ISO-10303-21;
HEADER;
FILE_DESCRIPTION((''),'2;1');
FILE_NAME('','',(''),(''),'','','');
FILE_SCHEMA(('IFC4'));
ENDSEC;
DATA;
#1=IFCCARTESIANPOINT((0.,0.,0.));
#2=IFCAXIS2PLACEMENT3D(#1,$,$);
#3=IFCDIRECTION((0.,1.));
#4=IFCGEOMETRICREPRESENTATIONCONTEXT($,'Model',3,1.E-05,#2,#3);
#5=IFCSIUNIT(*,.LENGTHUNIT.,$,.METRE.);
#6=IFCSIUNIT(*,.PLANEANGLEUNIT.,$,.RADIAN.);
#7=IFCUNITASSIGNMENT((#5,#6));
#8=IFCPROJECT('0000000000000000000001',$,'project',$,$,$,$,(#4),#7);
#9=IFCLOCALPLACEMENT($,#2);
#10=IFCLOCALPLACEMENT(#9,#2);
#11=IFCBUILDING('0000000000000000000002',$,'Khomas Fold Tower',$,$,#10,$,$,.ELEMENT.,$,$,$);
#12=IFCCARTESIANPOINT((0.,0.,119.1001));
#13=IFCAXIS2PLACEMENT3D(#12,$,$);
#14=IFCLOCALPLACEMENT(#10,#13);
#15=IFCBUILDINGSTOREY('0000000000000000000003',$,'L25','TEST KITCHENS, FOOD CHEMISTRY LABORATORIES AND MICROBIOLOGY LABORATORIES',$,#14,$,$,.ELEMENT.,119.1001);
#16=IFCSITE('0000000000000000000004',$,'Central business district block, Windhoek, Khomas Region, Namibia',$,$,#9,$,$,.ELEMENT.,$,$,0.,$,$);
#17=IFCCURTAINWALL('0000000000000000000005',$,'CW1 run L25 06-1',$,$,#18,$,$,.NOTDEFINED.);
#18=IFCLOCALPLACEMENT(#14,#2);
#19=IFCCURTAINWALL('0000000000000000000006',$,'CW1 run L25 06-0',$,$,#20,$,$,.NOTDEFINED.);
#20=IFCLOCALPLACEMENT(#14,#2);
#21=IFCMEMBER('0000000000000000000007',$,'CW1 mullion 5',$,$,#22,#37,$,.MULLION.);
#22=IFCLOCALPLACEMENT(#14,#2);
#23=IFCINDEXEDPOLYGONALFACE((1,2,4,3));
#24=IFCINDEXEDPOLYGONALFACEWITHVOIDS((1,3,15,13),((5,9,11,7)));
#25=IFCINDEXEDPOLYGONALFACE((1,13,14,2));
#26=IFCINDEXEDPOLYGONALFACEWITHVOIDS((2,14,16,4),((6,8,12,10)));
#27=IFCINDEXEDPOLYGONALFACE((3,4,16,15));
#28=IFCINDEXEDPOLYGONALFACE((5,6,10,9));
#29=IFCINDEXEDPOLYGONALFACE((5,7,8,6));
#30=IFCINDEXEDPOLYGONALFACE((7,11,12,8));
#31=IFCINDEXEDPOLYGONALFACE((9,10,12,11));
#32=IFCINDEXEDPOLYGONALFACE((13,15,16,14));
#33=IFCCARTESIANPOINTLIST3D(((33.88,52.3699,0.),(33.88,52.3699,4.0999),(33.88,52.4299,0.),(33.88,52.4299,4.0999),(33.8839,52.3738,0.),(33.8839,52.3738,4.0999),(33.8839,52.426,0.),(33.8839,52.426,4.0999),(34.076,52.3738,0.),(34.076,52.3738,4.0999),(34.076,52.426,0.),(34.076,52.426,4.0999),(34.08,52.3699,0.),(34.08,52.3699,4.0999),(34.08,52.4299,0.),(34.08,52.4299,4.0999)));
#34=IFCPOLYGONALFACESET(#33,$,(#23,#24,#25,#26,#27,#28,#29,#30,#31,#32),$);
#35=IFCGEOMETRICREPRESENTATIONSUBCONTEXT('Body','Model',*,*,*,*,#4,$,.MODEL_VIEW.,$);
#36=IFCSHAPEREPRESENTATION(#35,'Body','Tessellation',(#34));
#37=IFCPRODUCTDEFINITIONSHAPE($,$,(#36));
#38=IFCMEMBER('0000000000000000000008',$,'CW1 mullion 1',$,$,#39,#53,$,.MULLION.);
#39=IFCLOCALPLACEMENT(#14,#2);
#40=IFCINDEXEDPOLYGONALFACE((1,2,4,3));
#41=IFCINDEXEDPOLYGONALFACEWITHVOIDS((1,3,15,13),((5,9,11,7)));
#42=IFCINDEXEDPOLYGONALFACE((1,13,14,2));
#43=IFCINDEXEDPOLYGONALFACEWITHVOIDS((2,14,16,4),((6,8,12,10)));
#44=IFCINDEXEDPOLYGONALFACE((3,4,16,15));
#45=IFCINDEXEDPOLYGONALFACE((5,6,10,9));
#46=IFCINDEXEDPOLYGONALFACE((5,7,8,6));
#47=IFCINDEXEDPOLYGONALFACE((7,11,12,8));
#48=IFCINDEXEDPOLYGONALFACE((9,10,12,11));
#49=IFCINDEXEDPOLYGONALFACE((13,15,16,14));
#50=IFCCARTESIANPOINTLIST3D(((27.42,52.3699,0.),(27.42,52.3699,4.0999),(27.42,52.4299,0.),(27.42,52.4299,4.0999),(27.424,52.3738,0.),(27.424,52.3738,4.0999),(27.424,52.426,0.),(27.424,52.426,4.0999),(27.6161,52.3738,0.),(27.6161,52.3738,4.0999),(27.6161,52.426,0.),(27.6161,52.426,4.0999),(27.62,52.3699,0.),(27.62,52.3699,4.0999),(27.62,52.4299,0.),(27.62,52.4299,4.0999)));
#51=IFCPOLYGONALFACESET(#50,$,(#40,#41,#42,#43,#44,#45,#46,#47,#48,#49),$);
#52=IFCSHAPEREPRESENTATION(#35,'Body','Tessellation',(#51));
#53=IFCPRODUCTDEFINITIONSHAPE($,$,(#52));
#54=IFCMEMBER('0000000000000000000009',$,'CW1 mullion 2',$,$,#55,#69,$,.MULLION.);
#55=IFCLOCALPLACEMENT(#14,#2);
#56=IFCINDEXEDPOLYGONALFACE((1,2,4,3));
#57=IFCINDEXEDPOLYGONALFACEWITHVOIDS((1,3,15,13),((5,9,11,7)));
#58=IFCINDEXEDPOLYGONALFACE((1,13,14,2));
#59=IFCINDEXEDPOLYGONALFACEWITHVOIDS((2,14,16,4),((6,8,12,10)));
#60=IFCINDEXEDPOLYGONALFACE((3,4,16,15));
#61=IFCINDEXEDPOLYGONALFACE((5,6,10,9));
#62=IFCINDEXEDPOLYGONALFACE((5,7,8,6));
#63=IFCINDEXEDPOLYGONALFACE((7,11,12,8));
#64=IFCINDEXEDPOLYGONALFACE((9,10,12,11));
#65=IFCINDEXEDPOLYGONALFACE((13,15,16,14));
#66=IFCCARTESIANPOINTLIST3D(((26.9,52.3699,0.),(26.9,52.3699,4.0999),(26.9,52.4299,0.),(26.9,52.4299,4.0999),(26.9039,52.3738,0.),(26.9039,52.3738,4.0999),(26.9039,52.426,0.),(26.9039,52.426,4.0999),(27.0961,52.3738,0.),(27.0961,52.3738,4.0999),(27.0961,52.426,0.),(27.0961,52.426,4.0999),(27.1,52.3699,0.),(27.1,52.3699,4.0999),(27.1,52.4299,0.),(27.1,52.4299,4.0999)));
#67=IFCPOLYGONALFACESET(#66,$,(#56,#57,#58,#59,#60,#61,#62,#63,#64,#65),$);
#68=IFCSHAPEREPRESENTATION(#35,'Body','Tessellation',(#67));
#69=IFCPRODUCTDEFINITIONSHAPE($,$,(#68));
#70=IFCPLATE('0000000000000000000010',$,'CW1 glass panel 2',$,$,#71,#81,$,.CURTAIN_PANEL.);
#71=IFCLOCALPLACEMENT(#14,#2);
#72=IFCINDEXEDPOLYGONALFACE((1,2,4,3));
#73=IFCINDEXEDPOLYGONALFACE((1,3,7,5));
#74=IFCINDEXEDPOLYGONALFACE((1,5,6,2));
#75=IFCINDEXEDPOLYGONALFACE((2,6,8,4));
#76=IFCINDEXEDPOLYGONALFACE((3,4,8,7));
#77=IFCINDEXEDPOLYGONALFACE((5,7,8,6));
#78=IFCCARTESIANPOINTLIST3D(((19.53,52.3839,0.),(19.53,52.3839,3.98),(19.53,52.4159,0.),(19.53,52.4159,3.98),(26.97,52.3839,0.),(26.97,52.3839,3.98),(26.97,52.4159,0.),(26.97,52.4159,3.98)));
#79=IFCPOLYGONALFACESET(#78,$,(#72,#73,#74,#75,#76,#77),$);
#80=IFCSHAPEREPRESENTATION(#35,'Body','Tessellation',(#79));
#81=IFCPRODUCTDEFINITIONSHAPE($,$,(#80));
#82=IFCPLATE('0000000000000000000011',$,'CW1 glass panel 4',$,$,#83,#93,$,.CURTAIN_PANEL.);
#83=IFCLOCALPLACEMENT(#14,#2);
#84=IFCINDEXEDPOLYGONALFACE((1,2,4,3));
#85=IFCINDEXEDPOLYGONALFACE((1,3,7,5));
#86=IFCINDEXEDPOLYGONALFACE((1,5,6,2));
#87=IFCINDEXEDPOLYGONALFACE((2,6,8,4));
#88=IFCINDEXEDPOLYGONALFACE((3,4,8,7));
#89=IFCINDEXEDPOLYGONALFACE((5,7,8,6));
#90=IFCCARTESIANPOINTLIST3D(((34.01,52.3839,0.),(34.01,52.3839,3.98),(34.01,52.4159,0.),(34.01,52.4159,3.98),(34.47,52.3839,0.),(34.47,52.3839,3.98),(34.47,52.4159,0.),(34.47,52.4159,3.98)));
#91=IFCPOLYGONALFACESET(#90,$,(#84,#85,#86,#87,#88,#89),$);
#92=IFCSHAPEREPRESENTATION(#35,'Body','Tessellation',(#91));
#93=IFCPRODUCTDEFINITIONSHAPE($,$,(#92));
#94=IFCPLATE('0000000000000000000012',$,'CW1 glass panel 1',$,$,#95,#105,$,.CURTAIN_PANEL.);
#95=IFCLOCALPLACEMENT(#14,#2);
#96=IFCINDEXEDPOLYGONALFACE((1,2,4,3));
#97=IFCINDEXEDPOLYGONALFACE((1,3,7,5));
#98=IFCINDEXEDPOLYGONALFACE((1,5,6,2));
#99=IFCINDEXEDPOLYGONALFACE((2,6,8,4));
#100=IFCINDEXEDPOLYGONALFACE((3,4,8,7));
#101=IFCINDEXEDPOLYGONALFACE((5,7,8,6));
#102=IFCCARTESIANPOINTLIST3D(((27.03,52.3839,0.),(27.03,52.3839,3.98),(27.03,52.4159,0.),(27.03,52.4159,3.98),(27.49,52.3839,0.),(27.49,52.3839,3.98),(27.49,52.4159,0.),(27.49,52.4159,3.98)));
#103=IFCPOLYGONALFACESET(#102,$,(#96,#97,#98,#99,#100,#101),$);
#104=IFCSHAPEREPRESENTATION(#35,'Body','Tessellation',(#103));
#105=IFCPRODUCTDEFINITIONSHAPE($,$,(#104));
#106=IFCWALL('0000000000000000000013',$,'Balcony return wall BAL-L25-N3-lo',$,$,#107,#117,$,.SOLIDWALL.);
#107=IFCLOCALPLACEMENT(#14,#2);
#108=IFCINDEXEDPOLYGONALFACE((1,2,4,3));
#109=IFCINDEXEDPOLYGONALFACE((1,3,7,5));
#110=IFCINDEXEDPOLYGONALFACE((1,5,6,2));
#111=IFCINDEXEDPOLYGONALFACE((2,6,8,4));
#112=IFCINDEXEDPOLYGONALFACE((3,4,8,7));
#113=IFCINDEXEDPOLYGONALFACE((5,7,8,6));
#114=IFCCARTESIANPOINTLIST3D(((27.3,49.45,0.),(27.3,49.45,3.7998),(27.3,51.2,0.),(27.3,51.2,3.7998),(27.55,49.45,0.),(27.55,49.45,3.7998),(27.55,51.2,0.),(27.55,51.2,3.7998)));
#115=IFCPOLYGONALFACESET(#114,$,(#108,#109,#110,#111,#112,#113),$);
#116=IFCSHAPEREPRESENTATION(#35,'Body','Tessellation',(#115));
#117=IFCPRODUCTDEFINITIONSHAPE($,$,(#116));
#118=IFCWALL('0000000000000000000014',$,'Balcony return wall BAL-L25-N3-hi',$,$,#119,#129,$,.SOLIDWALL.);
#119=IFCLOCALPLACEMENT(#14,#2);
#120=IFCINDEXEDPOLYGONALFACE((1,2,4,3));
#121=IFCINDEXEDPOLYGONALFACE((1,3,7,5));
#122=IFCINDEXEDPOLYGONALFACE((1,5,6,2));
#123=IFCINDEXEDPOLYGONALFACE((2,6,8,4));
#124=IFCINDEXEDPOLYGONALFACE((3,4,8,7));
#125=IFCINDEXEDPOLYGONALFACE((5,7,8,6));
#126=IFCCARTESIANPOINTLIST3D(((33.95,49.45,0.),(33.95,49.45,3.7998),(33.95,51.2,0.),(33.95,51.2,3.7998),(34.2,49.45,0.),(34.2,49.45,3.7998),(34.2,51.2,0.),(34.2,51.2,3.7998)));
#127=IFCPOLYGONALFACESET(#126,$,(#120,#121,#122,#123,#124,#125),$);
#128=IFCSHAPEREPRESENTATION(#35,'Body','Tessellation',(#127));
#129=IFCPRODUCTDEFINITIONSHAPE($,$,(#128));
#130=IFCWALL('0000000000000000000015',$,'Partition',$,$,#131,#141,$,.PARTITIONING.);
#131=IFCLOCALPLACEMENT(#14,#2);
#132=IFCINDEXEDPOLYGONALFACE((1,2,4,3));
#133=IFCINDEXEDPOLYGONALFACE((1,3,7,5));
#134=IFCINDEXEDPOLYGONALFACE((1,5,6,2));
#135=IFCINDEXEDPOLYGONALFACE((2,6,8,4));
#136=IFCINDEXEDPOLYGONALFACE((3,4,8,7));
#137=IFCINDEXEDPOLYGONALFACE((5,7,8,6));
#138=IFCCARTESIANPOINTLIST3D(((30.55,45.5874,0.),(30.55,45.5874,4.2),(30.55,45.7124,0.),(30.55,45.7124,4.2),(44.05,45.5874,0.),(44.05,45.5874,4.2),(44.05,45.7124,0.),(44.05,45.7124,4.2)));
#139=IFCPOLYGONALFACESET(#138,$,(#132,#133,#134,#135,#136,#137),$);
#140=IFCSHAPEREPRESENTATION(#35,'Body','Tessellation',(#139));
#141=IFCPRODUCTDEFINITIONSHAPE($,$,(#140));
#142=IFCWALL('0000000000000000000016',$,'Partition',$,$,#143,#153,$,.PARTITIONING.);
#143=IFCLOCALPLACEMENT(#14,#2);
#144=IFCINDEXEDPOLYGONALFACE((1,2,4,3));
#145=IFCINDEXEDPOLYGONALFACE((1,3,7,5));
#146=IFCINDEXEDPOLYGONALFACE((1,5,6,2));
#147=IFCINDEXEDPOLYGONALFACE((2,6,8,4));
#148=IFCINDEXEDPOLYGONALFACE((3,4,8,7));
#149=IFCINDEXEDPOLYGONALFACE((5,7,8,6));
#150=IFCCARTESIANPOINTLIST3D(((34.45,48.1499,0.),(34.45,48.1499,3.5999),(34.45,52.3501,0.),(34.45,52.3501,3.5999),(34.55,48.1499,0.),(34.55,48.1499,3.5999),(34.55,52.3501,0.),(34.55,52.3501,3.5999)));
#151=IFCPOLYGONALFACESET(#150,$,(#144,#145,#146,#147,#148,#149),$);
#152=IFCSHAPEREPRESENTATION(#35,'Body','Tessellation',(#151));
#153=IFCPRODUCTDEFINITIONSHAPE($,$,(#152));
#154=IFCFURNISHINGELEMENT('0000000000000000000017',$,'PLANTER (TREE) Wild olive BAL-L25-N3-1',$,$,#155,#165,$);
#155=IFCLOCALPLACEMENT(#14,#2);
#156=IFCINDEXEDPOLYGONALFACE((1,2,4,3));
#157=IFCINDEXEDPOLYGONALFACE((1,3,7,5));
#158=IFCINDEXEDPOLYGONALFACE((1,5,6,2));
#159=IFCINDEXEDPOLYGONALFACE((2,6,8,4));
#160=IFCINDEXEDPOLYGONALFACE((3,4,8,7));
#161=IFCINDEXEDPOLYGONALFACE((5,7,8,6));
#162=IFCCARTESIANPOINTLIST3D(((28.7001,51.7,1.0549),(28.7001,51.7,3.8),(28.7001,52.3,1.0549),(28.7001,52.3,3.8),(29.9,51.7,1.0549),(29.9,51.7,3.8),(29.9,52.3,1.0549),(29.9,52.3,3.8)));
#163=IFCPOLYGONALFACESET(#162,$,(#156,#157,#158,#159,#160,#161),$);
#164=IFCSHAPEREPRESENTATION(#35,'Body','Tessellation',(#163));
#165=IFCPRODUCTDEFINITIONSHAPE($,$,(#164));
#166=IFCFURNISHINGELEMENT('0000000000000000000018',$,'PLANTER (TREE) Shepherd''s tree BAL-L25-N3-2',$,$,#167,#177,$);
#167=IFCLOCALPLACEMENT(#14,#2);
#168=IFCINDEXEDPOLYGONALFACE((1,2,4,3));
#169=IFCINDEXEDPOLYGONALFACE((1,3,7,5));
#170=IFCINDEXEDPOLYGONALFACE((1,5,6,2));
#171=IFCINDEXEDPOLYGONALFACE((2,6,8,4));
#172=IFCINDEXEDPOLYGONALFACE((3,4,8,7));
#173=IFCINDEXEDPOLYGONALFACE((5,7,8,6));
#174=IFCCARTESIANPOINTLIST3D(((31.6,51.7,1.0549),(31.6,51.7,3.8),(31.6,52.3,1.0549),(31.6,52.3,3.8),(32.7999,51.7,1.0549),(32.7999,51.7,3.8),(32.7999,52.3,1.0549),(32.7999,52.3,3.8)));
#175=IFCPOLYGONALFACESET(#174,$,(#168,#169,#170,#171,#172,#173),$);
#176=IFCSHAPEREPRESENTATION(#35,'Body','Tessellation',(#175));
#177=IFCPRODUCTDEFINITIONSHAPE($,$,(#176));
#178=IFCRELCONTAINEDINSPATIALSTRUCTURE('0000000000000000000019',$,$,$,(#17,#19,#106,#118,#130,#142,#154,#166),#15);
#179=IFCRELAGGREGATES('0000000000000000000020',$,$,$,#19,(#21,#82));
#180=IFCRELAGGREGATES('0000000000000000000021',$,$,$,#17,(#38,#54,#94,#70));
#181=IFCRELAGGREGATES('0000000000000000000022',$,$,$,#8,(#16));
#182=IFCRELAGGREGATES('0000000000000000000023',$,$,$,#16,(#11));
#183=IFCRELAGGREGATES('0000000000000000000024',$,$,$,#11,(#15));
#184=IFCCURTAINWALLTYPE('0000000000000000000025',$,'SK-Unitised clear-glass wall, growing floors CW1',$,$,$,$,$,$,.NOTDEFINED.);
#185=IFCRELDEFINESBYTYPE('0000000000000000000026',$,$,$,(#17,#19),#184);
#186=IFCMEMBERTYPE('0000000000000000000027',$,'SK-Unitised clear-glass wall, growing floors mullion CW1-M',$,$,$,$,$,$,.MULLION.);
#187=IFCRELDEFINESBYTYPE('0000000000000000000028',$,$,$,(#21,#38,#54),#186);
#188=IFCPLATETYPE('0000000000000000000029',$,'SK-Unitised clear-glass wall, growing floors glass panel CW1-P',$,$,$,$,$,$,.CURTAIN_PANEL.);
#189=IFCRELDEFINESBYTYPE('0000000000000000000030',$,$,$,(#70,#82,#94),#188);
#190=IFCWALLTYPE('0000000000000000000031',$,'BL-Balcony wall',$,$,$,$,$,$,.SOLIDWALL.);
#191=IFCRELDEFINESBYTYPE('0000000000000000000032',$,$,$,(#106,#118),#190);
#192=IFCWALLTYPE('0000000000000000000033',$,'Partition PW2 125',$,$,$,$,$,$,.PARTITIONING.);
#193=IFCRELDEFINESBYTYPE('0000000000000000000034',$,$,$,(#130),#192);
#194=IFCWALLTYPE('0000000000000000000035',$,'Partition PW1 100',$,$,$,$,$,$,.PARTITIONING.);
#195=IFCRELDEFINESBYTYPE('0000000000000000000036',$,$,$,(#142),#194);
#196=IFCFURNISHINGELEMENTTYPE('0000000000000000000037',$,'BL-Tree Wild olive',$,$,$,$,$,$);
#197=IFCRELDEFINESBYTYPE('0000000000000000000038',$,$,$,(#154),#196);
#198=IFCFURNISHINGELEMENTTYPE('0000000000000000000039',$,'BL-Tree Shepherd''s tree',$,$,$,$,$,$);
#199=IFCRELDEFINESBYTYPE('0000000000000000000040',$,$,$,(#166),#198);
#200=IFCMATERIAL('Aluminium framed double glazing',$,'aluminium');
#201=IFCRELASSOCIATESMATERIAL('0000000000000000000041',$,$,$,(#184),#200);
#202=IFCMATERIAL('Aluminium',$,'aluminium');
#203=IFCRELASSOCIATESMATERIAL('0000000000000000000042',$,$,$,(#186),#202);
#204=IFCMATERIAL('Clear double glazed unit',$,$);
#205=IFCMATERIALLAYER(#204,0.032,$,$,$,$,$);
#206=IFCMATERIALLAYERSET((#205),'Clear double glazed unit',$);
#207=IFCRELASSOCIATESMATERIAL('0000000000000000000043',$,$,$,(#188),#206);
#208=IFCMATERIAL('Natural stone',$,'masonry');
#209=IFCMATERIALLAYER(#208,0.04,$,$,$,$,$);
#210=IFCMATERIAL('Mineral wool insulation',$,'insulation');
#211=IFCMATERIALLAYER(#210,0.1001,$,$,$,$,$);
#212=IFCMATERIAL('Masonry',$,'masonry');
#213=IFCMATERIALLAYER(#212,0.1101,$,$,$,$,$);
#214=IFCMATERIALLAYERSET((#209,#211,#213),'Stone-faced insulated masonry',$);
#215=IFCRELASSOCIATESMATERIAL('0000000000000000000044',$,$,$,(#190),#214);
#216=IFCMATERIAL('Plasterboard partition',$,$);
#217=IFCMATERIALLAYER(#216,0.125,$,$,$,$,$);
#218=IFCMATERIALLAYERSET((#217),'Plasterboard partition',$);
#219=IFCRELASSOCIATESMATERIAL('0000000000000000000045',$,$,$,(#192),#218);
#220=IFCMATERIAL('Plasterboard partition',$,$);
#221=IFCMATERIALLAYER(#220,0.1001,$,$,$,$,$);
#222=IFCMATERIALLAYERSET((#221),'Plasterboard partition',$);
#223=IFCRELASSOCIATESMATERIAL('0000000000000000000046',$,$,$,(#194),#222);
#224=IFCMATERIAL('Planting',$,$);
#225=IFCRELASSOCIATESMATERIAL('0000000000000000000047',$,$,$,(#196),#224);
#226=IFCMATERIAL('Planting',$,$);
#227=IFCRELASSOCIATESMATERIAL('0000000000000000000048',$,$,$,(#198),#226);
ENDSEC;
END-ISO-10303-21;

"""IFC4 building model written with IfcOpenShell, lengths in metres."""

from ifc_helpers import new_model, si_unit, direction, frame, frame_2d, origin, origin_2d, place, context, subcontext, project, spatial, rectangle, hollow_rectangle, extrude, source, transform, mapped, material, layer, layer_set, material_profile, profile_set, type_object, element, aggregate, save


model = new_model("IFC4")

# Units and contexts
model_context = context("Model", 3, precision=1e-05, world=origin(), true_north=direction((0.0, 1.0)))
body_context = subcontext(model_context, "Body", "Model", "MODEL_VIEW")
ifc_project = project(units=[si_unit("LENGTHUNIT", "METRE"), si_unit("PLANEANGLEUNIT", "RADIAN")], contexts=[model_context])

# Site, building, storey
site_placement = place(None, origin())
site = spatial("IfcSite", under=ifc_project, at=site_placement, Name="Central business district block, Windhoek, Khomas Region, Namibia", CompositionType="ELEMENT", RefElevation=0.0)
building_placement = place(site_placement, origin())
building = spatial("IfcBuilding", under=site, at=building_placement, Name="Khomas Fold Tower", CompositionType="ELEMENT")
storey_placement = place(building_placement, frame((0.0, 0.0, 119.1001)))
storey = spatial("IfcBuildingStorey", under=building, at=storey_placement, Name="L25", Description="TEST KITCHENS, FOOD CHEMISTRY LABORATORIES AND MICROBIOLOGY LABORATORIES", CompositionType="ELEMENT", Elevation=119.1001)

# Curtain walls
ifc_material_1 = material(Name="Aluminium framed double glazing", Category="aluminium")
curtain_wall_type = type_object("IfcCurtainWallType", Name="SK-Unitised clear-glass wall, growing floors CW1", PredefinedType="NOTDEFINED", material=ifc_material_1)
curtain_wall_1_placement = place(storey_placement, origin())
curtain_wall_1 = element("IfcCurtainWall", 1, at=curtain_wall_1_placement, inside=storey, type_object=curtain_wall_type, Name="CW1 run L25 06-1", PredefinedType="NOTDEFINED")
curtain_wall_2_placement = place(storey_placement, origin())
curtain_wall_2 = element("IfcCurtainWall", 2, at=curtain_wall_2_placement, inside=storey, type_object=curtain_wall_type, Name="CW1 run L25 06-0", PredefinedType="NOTDEFINED")

# Members
ifc_material_2 = material(Name="Aluminium", Category="aluminium")
ifc_material_profile_1 = material_profile(ifc_material_2, hollow_rectangle(XDim=0.0601, YDim=0.2, WallThickness=0.0039, at=origin_2d()), Name="SK-Unitised clear-glass wall, growing floors mullion CW1-M")
ifc_profile_set_1 = profile_set([ifc_material_profile_1], Name="Aluminium")
member_type_1 = type_object("IfcMemberType", Name="SK-Unitised clear-glass wall, growing floors mullion CW1-M", PredefinedType="MULLION", material=ifc_profile_set_1)
shared_shape_1 = source(origin(), body_context, "Body", "SweptSolid", [
    extrude(hollow_rectangle(XDim=0.0601, YDim=0.2, WallThickness=0.0039, at=origin_2d()), origin(), (0.0, 0.0, 1.0), 4.0999),
])
member_1_placement = place(storey_placement, frame((33.98, 52.3999, 0.0), z_axis=(0.0, 0.0, 1.0), x_axis=(0.0, -1.0, 0.0)))
member_1 = element("IfcMember", 3, at=member_1_placement, type_object=member_type_1, Name="CW1 mullion 5", PredefinedType="MULLION", context=body_context, shape_type="MappedRepresentation", body=[
    mapped(shared_shape_1, transform((0.0, 0.0, 0.0))),
])
member_2_placement = place(storey_placement, frame((27.52, 52.3999, 0.0), z_axis=(0.0, 0.0, 1.0), x_axis=(0.0, -1.0, 0.0)))
member_2 = element("IfcMember", 4, at=member_2_placement, type_object=member_type_1, Name="CW1 mullion 1", PredefinedType="MULLION", context=body_context, shape_type="MappedRepresentation", body=[
    mapped(shared_shape_1, transform((0.0, 0.0, 0.0))),
])
member_3_placement = place(storey_placement, frame((27.0, 52.3999, 0.0), z_axis=(0.0, 0.0, 1.0), x_axis=(0.0, -1.0, 0.0)))
member_3 = element("IfcMember", 5, at=member_3_placement, type_object=member_type_1, Name="CW1 mullion 2", PredefinedType="MULLION", context=body_context, shape_type="MappedRepresentation", body=[
    mapped(shared_shape_1, transform((0.0, 0.0, 0.0))),
])

# Plates
ifc_material_3 = material(Name="Clear double glazed unit")
ifc_layer_1 = layer(ifc_material_3, 0.032)
ifc_layer_set_1 = layer_set([ifc_layer_1], Name="Clear double glazed unit")
plate_type = type_object("IfcPlateType", Name="SK-Unitised clear-glass wall, growing floors glass panel CW1-P", PredefinedType="CURTAIN_PANEL", material=ifc_layer_set_1)
shared_shape_2 = source(origin(), body_context, "Body", "SweptSolid", [
    extrude(rectangle(XDim=7.4399, YDim=0.032, at=origin_2d()), origin(), (0.0, 0.0, 1.0), 3.98),
])
plate_1_placement = place(storey_placement, frame((23.25, 52.3999, 0.0), z_axis=(0.0, 0.0, 1.0), x_axis=(-1.0, 0.0, 0.0)))
plate_1 = element("IfcPlate", 6, at=plate_1_placement, type_object=plate_type, Name="CW1 glass panel 2", PredefinedType="CURTAIN_PANEL", context=body_context, shape_type="MappedRepresentation", body=[
    mapped(shared_shape_2, transform((0.0, 0.0, 0.0))),
])
shared_shape_3 = source(origin(), body_context, "Body", "SweptSolid", [
    extrude(rectangle(XDim=0.46, YDim=0.032, at=origin_2d()), origin(), (0.0, 0.0, 1.0), 3.98),
])
plate_2_placement = place(storey_placement, frame((34.24, 52.3999, 0.0), z_axis=(0.0, 0.0, 1.0), x_axis=(-1.0, 0.0, 0.0)))
plate_2 = element("IfcPlate", 7, at=plate_2_placement, type_object=plate_type, Name="CW1 glass panel 4", PredefinedType="CURTAIN_PANEL", context=body_context, shape_type="MappedRepresentation", body=[
    mapped(shared_shape_3, transform((0.0, 0.0, 0.0))),
])
aggregate(curtain_wall_2, [member_1, plate_2])
plate_3_placement = place(storey_placement, frame((27.26, 52.3999, 0.0), z_axis=(0.0, 0.0, 1.0), x_axis=(-1.0, 0.0, 0.0)))
plate_3 = element("IfcPlate", 8, at=plate_3_placement, type_object=plate_type, Name="CW1 glass panel 1", PredefinedType="CURTAIN_PANEL", context=body_context, shape_type="MappedRepresentation", body=[
    mapped(shared_shape_3, transform((0.0, 0.0, 0.0))),
])
aggregate(curtain_wall_1, [member_2, member_3, plate_3, plate_1])

# Shared definitions
ifc_material_4 = material(Name="Natural stone", Category="masonry")
ifc_layer_2 = layer(ifc_material_4, 0.04)
ifc_material_5 = material(Name="Mineral wool insulation", Category="insulation")
ifc_layer_3 = layer(ifc_material_5, 0.1001)
ifc_material_6 = material(Name="Masonry", Category="masonry")
ifc_layer_4 = layer(ifc_material_6, 0.1101)
ifc_layer_set_2 = layer_set([ifc_layer_2, ifc_layer_3, ifc_layer_4], Name="Stone-faced insulated masonry")
wall_type_1 = type_object("IfcWallType", Name="BL-Balcony wall", PredefinedType="SOLIDWALL", material=ifc_layer_set_2)

# Walls
shared_shape_4 = source(origin(), body_context, "Body", "SweptSolid", [
    extrude(rectangle(XDim=1.75, YDim=0.25, at=frame_2d((0.875, 0.0))), origin(), (0.0, 0.0, 1.0), 3.7998),
])
for number, where, z_axis, x_axis, name in (
    (9, (27.425, 51.2, 0.0), (0.0, 0.0, 1.0), (0.0, -1.0, 0.0), "Balcony return wall BAL-L25-N3-lo"),
    (10, (34.075, 51.2, 0.0), (0.0, 0.0, 1.0), (0.0, -1.0, 0.0), "Balcony return wall BAL-L25-N3-hi"),
):
    element("IfcWall", number, at=place(storey_placement, frame(where, z_axis=z_axis, x_axis=x_axis)), inside=storey, type_object=wall_type_1, Name=name, PredefinedType="SOLIDWALL", context=body_context, shape_type="MappedRepresentation", body=[
        mapped(shared_shape_4, transform((0.0, 0.0, 0.0))),
    ])
ifc_material_7 = material(Name="Plasterboard partition")
ifc_layer_5 = layer(ifc_material_7, 0.125)
ifc_layer_set_3 = layer_set([ifc_layer_5], Name="Plasterboard partition")
wall_type_2 = type_object("IfcWallType", Name="Partition PW2 125", PredefinedType="PARTITIONING", material=ifc_layer_set_3)
shared_shape_5 = source(origin(), body_context, "Body", "SweptSolid", [
    extrude(rectangle(XDim=13.5, YDim=0.125, at=frame_2d((6.75, 0.0))), origin(), (0.0, 0.0, 1.0), 4.2),
])
wall_1_placement = place(storey_placement, frame((30.55, 45.6499, 0.0), z_axis=(0.0, 0.0, 1.0), x_axis=(1.0, 0.0, 0.0)))
element("IfcWall", 11, at=wall_1_placement, inside=storey, type_object=wall_type_2, Name="Partition", PredefinedType="PARTITIONING", context=body_context, shape_type="MappedRepresentation", body=[
    mapped(shared_shape_5, transform((0.0, 0.0, 0.0))),
])
ifc_material_8 = material(Name="Plasterboard partition")
ifc_layer_6 = layer(ifc_material_8, 0.1001)
ifc_layer_set_4 = layer_set([ifc_layer_6], Name="Plasterboard partition")
wall_type_3 = type_object("IfcWallType", Name="Partition PW1 100", PredefinedType="PARTITIONING", material=ifc_layer_set_4)
shared_shape_6 = source(origin(), body_context, "Body", "SweptSolid", [
    extrude(rectangle(XDim=4.2002, YDim=0.1001, at=frame_2d((2.1001, 0.0))), origin(), (0.0, 0.0, 1.0), 3.5999),
])
wall_2_placement = place(storey_placement, frame((34.5, 48.1499, 0.0), z_axis=(0.0, 0.0, 1.0), x_axis=(0.0, 1.0, 0.0)))
element("IfcWall", 12, at=wall_2_placement, inside=storey, type_object=wall_type_3, Name="Partition", PredefinedType="PARTITIONING", context=body_context, shape_type="MappedRepresentation", body=[
    mapped(shared_shape_6, transform((0.0, 0.0, 0.0))),
])

# Furnishing elements
ifc_material_9 = material(Name="Planting")
furnishing_element_type_1 = type_object("IfcFurnishingElementType", Name="BL-Tree Wild olive", material=ifc_material_9)
shared_shape_7 = source(origin(), body_context, "Body", "SweptSolid", [
    extrude(rectangle(XDim=1.2, YDim=0.6001, at=origin_2d()), origin(), (0.0, 0.0, 1.0), 2.7451),
])
furnishing_1_placement = place(storey_placement, frame((29.3, 52.0, 1.0549), z_axis=(0.0, 0.0, 1.0), x_axis=(1.0, 0.0, 0.0)))
element("IfcFurnishingElement", 13, at=furnishing_1_placement, inside=storey, type_object=furnishing_element_type_1, Name="PLANTER (TREE) Wild olive BAL-L25-N3-1", context=body_context, shape_type="MappedRepresentation", body=[
    mapped(shared_shape_7, transform((0.0, 0.0, 0.0))),
])
ifc_material_10 = material(Name="Planting")
furnishing_element_type_2 = type_object("IfcFurnishingElementType", Name="BL-Tree Shepherd's tree", material=ifc_material_10)
furnishing_2_placement = place(storey_placement, frame((32.2, 52.0, 1.0549), z_axis=(0.0, 0.0, 1.0), x_axis=(1.0, 0.0, 0.0)))
element("IfcFurnishingElement", 14, at=furnishing_2_placement, inside=storey, type_object=furnishing_element_type_2, Name="PLANTER (TREE) Shepherd's tree BAL-L25-N3-2", context=body_context, shape_type="MappedRepresentation", body=[
    mapped(shared_shape_7, transform((0.0, 0.0, 0.0))),
])

save(model, "model.ifc")
